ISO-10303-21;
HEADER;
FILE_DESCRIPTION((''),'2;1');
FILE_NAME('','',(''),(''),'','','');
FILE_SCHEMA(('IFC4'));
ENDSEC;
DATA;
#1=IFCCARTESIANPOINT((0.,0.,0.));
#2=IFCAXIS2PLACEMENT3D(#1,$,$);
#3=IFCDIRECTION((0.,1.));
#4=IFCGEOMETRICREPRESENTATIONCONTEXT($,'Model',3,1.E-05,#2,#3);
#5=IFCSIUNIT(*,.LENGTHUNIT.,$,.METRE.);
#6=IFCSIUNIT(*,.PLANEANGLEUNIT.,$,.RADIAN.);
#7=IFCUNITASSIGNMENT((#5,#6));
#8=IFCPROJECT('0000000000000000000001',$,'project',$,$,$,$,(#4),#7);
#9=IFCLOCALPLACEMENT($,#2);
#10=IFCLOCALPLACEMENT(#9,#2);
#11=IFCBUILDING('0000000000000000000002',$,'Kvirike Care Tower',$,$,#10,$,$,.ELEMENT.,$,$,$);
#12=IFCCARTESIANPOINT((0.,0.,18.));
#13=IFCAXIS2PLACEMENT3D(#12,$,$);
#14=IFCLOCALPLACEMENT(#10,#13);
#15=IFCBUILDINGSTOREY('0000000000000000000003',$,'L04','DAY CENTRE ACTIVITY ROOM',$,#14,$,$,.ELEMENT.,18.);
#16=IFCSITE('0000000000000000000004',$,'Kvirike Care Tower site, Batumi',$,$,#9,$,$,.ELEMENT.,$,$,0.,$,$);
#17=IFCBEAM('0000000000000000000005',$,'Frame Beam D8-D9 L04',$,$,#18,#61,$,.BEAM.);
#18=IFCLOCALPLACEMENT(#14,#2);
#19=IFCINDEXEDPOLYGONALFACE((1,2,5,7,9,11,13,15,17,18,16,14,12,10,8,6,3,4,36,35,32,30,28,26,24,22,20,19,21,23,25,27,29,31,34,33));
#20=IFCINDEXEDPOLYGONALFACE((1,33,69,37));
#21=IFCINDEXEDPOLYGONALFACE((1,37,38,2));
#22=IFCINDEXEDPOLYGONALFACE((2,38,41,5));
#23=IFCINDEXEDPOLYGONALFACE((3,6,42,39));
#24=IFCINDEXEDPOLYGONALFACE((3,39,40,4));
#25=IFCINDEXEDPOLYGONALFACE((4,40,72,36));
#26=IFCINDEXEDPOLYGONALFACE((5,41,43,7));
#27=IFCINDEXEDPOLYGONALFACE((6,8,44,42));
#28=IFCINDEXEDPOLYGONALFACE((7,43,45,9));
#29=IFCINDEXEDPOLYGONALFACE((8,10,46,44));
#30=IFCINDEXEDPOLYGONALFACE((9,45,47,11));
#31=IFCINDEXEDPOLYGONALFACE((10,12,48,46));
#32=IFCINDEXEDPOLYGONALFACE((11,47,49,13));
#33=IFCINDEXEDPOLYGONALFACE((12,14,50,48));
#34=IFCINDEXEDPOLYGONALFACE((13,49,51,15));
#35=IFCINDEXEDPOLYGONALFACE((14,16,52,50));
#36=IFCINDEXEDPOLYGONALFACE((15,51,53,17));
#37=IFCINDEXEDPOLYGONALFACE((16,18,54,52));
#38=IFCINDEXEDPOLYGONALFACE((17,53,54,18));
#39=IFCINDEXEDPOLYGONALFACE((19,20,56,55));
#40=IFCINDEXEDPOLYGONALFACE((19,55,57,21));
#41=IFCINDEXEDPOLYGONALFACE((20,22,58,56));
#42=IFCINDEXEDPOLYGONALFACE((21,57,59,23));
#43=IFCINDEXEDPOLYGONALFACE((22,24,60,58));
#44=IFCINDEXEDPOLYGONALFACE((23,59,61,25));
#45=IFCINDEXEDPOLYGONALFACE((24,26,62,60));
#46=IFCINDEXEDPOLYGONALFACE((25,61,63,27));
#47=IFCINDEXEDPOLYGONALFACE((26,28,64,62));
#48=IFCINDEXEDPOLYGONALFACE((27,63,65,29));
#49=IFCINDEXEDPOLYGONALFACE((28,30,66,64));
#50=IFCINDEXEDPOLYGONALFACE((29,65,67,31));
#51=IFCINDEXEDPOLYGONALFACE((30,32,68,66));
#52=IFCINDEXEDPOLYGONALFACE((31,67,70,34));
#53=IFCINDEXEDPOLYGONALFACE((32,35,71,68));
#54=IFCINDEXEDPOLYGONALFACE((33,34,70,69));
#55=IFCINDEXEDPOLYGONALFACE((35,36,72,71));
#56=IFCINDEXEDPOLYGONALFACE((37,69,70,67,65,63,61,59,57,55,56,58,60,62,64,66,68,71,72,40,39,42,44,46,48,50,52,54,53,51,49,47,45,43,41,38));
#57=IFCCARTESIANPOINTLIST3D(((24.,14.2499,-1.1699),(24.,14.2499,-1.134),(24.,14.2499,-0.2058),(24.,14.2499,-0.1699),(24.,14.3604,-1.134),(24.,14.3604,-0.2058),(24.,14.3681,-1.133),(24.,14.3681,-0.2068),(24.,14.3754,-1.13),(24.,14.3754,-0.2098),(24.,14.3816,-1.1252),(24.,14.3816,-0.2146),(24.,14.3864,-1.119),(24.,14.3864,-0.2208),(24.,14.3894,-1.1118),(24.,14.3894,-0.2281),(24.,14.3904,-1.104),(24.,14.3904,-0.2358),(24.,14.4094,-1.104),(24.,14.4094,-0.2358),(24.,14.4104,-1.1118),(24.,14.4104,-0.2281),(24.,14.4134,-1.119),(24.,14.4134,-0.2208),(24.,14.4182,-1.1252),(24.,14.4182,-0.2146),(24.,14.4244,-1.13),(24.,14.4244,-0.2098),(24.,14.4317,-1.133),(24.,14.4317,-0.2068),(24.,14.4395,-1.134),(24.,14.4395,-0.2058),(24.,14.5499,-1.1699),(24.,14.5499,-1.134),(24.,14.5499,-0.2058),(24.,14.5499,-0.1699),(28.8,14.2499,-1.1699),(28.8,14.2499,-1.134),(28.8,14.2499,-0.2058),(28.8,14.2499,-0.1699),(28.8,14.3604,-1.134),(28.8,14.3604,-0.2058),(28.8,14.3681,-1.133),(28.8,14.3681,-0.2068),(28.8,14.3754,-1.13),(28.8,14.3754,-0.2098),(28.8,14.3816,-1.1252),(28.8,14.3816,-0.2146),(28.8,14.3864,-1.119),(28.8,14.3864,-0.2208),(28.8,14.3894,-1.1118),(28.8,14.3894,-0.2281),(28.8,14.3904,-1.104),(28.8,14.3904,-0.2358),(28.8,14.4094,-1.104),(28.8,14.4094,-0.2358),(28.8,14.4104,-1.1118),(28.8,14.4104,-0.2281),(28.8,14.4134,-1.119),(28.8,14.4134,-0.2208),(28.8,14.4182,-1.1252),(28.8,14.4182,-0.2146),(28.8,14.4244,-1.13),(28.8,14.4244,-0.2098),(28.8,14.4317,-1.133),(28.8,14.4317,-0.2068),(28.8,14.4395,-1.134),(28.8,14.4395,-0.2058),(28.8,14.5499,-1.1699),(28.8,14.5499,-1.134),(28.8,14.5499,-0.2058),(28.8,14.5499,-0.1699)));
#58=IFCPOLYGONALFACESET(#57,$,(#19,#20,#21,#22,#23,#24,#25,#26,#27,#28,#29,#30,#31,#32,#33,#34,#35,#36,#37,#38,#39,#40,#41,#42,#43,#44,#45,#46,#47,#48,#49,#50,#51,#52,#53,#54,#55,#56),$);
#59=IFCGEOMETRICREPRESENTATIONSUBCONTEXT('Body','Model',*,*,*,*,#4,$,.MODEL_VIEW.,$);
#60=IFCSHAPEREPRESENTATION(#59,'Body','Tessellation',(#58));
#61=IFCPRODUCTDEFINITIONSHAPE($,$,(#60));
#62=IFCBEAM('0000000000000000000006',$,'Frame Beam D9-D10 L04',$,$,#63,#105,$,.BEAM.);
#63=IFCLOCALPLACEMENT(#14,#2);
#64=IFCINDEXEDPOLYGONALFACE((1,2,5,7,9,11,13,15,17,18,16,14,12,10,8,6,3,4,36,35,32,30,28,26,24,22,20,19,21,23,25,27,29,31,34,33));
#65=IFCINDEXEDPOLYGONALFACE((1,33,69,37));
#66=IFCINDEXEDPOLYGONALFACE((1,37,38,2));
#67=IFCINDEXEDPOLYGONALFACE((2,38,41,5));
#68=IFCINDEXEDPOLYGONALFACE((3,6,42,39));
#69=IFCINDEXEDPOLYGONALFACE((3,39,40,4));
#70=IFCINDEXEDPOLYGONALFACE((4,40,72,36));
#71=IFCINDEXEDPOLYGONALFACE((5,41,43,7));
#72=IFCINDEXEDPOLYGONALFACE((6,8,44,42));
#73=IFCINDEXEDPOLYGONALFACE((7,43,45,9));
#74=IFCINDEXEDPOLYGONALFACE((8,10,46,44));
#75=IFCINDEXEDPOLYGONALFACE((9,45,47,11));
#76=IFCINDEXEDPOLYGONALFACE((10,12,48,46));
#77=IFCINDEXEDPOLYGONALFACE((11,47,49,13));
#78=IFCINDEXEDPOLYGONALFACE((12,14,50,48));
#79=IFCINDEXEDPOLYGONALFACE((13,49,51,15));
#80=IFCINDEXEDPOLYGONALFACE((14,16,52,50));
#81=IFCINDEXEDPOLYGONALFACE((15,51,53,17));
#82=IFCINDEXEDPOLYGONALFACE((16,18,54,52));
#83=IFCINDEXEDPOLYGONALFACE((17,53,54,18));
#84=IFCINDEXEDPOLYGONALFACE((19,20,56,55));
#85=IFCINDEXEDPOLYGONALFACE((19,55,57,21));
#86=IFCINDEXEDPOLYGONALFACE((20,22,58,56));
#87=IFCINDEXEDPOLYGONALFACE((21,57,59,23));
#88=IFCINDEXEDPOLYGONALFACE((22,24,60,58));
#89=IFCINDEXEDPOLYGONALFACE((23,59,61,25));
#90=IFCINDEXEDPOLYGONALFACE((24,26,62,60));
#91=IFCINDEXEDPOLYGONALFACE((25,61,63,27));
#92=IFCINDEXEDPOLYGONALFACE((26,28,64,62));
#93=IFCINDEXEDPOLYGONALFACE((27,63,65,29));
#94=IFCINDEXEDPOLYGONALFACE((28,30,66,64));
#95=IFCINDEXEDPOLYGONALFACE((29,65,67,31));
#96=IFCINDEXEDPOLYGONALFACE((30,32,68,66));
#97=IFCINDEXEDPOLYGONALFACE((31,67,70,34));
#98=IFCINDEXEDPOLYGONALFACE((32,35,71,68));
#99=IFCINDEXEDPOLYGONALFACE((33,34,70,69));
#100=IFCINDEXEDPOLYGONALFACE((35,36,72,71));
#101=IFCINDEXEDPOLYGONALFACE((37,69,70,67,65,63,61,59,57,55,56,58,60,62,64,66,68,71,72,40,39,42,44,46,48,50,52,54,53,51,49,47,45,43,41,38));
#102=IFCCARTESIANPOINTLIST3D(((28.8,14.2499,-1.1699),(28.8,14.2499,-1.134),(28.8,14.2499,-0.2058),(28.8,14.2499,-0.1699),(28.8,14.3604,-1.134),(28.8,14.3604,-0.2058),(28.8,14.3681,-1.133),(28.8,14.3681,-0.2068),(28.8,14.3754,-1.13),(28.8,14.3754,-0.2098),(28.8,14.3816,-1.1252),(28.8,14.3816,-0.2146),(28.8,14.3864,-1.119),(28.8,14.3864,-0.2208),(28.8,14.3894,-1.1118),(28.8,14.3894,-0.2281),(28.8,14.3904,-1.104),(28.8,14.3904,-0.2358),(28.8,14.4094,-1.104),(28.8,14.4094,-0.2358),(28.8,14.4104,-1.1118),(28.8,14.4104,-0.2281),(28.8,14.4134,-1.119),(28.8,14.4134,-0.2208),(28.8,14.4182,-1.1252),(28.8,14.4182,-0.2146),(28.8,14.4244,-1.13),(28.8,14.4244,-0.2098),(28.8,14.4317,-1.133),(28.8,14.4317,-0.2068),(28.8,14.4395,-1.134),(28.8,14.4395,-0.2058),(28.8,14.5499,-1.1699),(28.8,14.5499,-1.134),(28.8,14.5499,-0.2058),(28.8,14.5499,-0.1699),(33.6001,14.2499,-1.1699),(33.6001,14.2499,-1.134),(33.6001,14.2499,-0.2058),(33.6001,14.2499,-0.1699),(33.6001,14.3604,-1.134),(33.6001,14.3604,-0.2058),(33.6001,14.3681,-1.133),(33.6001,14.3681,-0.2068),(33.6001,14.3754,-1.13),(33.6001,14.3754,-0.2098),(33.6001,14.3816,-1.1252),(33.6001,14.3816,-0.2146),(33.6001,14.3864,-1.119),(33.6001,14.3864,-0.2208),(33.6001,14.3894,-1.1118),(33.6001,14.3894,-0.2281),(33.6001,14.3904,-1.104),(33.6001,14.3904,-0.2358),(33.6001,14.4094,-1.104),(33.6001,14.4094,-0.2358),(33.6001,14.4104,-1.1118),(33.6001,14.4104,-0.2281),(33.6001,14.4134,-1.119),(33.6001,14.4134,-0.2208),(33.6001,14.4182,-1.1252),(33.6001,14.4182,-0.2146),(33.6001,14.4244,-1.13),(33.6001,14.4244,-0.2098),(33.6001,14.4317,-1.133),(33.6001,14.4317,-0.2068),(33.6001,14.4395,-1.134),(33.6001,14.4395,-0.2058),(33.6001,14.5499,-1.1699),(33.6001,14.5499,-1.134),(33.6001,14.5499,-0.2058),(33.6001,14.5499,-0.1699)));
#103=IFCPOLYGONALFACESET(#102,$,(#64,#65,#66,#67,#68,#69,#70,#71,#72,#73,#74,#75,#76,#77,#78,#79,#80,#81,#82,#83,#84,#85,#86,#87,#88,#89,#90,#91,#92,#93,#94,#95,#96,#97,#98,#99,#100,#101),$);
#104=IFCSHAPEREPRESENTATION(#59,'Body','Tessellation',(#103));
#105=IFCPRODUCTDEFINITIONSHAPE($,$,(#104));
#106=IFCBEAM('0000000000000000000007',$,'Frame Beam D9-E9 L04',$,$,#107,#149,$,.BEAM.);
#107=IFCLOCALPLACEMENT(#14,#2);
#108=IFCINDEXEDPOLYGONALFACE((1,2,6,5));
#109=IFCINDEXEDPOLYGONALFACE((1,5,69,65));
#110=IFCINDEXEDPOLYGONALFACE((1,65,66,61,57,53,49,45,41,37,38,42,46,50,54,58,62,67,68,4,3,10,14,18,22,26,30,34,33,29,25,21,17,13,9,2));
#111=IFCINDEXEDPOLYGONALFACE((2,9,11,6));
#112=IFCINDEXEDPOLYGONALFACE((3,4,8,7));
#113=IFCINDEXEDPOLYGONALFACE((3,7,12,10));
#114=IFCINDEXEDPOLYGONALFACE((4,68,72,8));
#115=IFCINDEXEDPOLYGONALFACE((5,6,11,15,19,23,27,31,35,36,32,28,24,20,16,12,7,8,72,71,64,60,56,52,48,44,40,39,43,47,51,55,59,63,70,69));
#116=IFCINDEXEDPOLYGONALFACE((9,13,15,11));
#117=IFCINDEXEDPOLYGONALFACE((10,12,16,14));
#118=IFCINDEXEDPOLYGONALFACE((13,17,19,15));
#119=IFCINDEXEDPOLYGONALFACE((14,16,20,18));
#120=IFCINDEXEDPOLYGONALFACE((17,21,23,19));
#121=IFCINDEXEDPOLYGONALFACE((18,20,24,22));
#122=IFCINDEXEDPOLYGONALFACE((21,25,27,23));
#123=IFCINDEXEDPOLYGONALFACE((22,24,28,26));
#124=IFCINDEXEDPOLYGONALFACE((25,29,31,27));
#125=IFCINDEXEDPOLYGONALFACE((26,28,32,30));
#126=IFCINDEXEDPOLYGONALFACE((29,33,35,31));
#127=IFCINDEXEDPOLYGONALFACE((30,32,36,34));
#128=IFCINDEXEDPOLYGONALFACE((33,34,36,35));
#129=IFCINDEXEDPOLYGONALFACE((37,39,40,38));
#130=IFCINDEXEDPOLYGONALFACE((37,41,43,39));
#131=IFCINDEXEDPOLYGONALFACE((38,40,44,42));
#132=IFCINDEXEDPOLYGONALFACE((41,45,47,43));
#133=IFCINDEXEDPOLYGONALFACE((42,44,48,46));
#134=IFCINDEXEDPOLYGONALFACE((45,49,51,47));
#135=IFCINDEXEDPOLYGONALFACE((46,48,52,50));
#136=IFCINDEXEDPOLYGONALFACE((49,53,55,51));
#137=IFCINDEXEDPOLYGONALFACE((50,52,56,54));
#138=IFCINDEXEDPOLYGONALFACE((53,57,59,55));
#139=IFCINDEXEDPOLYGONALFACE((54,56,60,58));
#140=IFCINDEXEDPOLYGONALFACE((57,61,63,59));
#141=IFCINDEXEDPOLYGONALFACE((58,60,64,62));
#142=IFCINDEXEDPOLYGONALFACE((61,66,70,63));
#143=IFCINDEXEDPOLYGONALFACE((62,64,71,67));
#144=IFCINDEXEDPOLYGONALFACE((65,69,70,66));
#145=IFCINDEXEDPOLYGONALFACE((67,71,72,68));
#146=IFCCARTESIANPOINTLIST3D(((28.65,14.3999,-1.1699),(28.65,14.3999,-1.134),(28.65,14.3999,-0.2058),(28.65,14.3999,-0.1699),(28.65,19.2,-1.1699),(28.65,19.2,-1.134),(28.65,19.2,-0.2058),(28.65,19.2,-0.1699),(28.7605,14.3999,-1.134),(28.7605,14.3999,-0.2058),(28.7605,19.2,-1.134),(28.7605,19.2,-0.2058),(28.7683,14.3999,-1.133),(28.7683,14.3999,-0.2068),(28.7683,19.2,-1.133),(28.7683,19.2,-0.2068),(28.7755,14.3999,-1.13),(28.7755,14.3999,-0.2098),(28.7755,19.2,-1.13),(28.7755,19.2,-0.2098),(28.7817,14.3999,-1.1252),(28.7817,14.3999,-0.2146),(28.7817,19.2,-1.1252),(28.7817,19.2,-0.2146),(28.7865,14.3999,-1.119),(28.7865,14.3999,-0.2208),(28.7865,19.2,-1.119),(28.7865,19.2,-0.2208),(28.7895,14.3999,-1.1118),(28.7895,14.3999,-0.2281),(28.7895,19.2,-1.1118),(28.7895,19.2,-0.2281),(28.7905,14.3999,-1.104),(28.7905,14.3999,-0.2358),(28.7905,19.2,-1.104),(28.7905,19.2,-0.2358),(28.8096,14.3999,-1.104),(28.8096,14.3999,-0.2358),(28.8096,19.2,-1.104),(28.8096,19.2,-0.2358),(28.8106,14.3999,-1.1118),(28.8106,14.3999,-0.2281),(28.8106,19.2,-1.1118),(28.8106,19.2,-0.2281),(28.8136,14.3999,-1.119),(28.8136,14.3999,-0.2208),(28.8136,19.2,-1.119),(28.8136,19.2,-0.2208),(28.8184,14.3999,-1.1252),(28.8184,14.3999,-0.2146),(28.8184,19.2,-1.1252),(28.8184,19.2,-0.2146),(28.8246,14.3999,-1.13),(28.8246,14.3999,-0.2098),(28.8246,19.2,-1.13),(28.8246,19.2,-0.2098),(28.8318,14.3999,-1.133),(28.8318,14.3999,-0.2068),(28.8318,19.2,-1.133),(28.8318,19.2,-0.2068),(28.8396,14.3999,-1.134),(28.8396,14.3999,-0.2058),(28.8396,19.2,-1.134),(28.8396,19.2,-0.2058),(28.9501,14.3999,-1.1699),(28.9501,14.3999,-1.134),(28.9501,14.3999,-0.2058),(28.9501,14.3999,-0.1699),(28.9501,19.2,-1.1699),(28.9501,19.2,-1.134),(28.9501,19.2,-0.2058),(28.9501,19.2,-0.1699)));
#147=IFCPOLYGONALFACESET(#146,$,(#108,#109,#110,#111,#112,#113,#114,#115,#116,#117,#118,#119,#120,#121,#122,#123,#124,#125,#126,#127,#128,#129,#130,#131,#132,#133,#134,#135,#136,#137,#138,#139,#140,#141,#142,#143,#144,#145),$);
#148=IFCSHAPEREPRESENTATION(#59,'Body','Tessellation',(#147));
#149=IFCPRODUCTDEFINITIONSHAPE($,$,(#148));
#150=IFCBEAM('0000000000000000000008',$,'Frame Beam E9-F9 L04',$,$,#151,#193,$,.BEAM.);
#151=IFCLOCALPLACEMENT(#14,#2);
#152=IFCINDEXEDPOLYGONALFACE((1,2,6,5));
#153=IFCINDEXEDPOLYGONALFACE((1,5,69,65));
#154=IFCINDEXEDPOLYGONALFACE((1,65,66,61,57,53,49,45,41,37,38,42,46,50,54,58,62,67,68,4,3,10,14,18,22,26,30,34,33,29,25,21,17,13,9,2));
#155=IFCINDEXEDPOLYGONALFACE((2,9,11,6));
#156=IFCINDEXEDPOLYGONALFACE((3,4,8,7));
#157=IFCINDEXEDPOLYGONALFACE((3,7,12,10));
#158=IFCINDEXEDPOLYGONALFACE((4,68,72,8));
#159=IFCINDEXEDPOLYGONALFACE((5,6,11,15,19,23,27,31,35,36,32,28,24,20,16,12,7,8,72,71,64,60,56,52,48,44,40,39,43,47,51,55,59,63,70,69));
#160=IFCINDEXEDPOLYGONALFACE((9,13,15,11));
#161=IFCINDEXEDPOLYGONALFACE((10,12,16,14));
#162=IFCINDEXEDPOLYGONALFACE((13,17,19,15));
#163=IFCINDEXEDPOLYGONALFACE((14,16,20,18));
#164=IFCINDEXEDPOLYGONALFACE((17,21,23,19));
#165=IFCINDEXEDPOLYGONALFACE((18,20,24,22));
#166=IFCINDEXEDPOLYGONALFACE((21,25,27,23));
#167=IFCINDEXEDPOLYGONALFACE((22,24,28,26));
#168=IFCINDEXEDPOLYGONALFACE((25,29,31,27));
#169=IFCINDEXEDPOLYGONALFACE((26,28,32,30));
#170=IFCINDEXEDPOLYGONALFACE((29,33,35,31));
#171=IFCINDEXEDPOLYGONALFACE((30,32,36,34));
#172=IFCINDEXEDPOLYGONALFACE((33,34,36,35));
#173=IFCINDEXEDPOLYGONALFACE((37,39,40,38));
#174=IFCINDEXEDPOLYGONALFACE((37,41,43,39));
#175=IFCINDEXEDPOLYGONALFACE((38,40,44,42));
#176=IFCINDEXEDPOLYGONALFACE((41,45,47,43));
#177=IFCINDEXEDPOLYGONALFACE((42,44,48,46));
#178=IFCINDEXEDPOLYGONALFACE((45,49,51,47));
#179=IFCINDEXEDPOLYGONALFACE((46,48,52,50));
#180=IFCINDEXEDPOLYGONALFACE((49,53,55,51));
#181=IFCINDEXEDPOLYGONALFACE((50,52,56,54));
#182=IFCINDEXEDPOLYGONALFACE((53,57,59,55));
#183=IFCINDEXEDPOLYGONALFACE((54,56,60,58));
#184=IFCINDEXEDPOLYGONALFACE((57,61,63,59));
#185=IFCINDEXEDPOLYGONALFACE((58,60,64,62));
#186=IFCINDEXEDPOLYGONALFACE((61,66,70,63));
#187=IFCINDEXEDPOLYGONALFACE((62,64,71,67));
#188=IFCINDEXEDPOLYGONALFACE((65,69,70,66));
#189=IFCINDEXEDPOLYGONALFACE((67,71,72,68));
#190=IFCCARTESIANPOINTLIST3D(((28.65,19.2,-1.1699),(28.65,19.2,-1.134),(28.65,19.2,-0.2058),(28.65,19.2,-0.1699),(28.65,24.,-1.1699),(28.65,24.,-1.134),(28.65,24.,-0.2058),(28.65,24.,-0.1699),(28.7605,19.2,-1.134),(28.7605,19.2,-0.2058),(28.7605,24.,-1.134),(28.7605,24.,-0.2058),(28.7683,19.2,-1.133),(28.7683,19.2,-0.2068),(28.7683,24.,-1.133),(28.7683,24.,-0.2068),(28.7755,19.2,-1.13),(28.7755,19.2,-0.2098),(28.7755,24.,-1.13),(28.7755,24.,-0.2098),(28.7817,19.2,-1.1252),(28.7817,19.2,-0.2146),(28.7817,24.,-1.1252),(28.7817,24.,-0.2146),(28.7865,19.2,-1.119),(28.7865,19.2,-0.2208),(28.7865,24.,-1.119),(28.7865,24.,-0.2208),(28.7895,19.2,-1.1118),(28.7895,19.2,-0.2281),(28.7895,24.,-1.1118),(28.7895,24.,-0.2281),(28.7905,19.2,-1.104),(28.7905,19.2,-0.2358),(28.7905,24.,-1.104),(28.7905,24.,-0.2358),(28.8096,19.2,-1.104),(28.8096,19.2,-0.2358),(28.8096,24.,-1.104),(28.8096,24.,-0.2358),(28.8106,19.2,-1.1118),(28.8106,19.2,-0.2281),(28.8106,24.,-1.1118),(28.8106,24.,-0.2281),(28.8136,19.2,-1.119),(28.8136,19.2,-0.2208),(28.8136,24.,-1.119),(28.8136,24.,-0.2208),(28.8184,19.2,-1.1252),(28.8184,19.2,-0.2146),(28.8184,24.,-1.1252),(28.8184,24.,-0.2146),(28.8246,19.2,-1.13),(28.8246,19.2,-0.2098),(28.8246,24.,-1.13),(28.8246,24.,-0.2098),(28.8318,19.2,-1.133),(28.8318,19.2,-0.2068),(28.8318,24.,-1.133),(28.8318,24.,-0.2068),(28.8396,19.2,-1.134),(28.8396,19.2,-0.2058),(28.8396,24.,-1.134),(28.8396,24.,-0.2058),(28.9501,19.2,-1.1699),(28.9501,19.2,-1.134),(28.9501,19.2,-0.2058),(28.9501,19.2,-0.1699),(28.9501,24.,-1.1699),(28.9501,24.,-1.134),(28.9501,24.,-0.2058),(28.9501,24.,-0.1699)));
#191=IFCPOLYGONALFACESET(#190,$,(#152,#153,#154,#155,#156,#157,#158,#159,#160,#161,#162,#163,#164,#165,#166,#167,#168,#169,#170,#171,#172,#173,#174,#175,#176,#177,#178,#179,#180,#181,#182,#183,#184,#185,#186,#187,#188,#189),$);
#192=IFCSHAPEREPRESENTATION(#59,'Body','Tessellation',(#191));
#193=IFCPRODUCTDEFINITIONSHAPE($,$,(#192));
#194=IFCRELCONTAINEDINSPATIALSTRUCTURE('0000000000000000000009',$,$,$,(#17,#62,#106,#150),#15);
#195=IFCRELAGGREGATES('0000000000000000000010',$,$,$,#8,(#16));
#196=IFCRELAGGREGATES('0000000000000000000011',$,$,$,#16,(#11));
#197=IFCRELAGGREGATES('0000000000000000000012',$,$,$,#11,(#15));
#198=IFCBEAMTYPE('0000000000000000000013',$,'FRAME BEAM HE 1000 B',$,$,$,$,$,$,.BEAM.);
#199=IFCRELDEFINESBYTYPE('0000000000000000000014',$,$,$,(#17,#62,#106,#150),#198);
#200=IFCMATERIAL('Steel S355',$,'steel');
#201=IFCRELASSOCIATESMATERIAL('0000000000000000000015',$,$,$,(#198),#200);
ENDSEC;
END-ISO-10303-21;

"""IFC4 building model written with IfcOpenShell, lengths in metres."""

from ifc_helpers import new_model, si_unit, direction, frame, origin, origin_2d, place, context, subcontext, project, spatial, i_section, extrude, material, material_profile, profile_set, type_object, element, save


model = new_model("IFC4")

# Units and contexts
model_context = context("Model", 3, precision=1e-05, world=origin(), true_north=direction((0.0, 1.0)))
body_context = subcontext(model_context, "Body", "Model", "MODEL_VIEW")
ifc_project = project(units=[si_unit("LENGTHUNIT", "METRE"), si_unit("PLANEANGLEUNIT", "RADIAN")], contexts=[model_context])

# Site, building, storey
site_placement = place(None, origin())
site = spatial("IfcSite", under=ifc_project, at=site_placement, Name="Kvirike Care Tower site, Batumi", CompositionType="ELEMENT", RefElevation=0.0)
building_placement = place(site_placement, origin())
building = spatial("IfcBuilding", under=site, at=building_placement, Name="Kvirike Care Tower", CompositionType="ELEMENT")
storey_placement = place(building_placement, frame((0.0, 0.0, 18.0)))
storey = spatial("IfcBuildingStorey", under=building, at=storey_placement, Name="L04", Description="DAY CENTRE ACTIVITY ROOM", CompositionType="ELEMENT", Elevation=18.0)

# Beams
ifc_material_1 = material(Name="Steel S355", Category="steel")
ifc_material_profile_1 = material_profile(ifc_material_1, i_section(OverallWidth=0.3, OverallDepth=1.0, WebThickness=0.019, FlangeThickness=0.0359, FilletRadius=0.03, at=origin_2d()), Name="HE 1000 B")
ifc_profile_set_1 = profile_set([ifc_material_profile_1], Name="Steel S355")
beam_type_1 = type_object("IfcBeamType", Name="FRAME BEAM HE 1000 B", PredefinedType="BEAM", material=ifc_profile_set_1)
for number, where, z_axis, x_axis, name in (
    (1, (24.0, 14.3999, -0.6699), (1.0, 0.0, 0.0), (0.0, 1.0, 0.0), "Frame Beam D8-D9 L04"),
    (2, (28.8, 14.3999, -0.6699), (1.0, 0.0, 0.0), (0.0, 1.0, 0.0), "Frame Beam D9-D10 L04"),
    (3, (28.8, 14.3999, -0.6699), (0.0, 1.0, 0.0), (-1.0, 0.0, 0.0), "Frame Beam D9-E9 L04"),
    (4, (28.8, 19.2, -0.6699), (0.0, 1.0, 0.0), (-1.0, 0.0, 0.0), "Frame Beam E9-F9 L04"),
):
    element("IfcBeam", number, at=place(storey_placement, frame(where, z_axis=z_axis, x_axis=x_axis)), inside=storey, type_object=beam_type_1, Name=name, PredefinedType="BEAM", context=body_context, shape_type="SweptSolid", body=[
        extrude(i_section(OverallWidth=0.3, OverallDepth=1.0, WebThickness=0.019, FlangeThickness=0.0359, FilletRadius=0.03, at=origin_2d()), origin(), (0.0, 0.0, 1.0), 4.8),
    ])

save(model, "model.ifc")
